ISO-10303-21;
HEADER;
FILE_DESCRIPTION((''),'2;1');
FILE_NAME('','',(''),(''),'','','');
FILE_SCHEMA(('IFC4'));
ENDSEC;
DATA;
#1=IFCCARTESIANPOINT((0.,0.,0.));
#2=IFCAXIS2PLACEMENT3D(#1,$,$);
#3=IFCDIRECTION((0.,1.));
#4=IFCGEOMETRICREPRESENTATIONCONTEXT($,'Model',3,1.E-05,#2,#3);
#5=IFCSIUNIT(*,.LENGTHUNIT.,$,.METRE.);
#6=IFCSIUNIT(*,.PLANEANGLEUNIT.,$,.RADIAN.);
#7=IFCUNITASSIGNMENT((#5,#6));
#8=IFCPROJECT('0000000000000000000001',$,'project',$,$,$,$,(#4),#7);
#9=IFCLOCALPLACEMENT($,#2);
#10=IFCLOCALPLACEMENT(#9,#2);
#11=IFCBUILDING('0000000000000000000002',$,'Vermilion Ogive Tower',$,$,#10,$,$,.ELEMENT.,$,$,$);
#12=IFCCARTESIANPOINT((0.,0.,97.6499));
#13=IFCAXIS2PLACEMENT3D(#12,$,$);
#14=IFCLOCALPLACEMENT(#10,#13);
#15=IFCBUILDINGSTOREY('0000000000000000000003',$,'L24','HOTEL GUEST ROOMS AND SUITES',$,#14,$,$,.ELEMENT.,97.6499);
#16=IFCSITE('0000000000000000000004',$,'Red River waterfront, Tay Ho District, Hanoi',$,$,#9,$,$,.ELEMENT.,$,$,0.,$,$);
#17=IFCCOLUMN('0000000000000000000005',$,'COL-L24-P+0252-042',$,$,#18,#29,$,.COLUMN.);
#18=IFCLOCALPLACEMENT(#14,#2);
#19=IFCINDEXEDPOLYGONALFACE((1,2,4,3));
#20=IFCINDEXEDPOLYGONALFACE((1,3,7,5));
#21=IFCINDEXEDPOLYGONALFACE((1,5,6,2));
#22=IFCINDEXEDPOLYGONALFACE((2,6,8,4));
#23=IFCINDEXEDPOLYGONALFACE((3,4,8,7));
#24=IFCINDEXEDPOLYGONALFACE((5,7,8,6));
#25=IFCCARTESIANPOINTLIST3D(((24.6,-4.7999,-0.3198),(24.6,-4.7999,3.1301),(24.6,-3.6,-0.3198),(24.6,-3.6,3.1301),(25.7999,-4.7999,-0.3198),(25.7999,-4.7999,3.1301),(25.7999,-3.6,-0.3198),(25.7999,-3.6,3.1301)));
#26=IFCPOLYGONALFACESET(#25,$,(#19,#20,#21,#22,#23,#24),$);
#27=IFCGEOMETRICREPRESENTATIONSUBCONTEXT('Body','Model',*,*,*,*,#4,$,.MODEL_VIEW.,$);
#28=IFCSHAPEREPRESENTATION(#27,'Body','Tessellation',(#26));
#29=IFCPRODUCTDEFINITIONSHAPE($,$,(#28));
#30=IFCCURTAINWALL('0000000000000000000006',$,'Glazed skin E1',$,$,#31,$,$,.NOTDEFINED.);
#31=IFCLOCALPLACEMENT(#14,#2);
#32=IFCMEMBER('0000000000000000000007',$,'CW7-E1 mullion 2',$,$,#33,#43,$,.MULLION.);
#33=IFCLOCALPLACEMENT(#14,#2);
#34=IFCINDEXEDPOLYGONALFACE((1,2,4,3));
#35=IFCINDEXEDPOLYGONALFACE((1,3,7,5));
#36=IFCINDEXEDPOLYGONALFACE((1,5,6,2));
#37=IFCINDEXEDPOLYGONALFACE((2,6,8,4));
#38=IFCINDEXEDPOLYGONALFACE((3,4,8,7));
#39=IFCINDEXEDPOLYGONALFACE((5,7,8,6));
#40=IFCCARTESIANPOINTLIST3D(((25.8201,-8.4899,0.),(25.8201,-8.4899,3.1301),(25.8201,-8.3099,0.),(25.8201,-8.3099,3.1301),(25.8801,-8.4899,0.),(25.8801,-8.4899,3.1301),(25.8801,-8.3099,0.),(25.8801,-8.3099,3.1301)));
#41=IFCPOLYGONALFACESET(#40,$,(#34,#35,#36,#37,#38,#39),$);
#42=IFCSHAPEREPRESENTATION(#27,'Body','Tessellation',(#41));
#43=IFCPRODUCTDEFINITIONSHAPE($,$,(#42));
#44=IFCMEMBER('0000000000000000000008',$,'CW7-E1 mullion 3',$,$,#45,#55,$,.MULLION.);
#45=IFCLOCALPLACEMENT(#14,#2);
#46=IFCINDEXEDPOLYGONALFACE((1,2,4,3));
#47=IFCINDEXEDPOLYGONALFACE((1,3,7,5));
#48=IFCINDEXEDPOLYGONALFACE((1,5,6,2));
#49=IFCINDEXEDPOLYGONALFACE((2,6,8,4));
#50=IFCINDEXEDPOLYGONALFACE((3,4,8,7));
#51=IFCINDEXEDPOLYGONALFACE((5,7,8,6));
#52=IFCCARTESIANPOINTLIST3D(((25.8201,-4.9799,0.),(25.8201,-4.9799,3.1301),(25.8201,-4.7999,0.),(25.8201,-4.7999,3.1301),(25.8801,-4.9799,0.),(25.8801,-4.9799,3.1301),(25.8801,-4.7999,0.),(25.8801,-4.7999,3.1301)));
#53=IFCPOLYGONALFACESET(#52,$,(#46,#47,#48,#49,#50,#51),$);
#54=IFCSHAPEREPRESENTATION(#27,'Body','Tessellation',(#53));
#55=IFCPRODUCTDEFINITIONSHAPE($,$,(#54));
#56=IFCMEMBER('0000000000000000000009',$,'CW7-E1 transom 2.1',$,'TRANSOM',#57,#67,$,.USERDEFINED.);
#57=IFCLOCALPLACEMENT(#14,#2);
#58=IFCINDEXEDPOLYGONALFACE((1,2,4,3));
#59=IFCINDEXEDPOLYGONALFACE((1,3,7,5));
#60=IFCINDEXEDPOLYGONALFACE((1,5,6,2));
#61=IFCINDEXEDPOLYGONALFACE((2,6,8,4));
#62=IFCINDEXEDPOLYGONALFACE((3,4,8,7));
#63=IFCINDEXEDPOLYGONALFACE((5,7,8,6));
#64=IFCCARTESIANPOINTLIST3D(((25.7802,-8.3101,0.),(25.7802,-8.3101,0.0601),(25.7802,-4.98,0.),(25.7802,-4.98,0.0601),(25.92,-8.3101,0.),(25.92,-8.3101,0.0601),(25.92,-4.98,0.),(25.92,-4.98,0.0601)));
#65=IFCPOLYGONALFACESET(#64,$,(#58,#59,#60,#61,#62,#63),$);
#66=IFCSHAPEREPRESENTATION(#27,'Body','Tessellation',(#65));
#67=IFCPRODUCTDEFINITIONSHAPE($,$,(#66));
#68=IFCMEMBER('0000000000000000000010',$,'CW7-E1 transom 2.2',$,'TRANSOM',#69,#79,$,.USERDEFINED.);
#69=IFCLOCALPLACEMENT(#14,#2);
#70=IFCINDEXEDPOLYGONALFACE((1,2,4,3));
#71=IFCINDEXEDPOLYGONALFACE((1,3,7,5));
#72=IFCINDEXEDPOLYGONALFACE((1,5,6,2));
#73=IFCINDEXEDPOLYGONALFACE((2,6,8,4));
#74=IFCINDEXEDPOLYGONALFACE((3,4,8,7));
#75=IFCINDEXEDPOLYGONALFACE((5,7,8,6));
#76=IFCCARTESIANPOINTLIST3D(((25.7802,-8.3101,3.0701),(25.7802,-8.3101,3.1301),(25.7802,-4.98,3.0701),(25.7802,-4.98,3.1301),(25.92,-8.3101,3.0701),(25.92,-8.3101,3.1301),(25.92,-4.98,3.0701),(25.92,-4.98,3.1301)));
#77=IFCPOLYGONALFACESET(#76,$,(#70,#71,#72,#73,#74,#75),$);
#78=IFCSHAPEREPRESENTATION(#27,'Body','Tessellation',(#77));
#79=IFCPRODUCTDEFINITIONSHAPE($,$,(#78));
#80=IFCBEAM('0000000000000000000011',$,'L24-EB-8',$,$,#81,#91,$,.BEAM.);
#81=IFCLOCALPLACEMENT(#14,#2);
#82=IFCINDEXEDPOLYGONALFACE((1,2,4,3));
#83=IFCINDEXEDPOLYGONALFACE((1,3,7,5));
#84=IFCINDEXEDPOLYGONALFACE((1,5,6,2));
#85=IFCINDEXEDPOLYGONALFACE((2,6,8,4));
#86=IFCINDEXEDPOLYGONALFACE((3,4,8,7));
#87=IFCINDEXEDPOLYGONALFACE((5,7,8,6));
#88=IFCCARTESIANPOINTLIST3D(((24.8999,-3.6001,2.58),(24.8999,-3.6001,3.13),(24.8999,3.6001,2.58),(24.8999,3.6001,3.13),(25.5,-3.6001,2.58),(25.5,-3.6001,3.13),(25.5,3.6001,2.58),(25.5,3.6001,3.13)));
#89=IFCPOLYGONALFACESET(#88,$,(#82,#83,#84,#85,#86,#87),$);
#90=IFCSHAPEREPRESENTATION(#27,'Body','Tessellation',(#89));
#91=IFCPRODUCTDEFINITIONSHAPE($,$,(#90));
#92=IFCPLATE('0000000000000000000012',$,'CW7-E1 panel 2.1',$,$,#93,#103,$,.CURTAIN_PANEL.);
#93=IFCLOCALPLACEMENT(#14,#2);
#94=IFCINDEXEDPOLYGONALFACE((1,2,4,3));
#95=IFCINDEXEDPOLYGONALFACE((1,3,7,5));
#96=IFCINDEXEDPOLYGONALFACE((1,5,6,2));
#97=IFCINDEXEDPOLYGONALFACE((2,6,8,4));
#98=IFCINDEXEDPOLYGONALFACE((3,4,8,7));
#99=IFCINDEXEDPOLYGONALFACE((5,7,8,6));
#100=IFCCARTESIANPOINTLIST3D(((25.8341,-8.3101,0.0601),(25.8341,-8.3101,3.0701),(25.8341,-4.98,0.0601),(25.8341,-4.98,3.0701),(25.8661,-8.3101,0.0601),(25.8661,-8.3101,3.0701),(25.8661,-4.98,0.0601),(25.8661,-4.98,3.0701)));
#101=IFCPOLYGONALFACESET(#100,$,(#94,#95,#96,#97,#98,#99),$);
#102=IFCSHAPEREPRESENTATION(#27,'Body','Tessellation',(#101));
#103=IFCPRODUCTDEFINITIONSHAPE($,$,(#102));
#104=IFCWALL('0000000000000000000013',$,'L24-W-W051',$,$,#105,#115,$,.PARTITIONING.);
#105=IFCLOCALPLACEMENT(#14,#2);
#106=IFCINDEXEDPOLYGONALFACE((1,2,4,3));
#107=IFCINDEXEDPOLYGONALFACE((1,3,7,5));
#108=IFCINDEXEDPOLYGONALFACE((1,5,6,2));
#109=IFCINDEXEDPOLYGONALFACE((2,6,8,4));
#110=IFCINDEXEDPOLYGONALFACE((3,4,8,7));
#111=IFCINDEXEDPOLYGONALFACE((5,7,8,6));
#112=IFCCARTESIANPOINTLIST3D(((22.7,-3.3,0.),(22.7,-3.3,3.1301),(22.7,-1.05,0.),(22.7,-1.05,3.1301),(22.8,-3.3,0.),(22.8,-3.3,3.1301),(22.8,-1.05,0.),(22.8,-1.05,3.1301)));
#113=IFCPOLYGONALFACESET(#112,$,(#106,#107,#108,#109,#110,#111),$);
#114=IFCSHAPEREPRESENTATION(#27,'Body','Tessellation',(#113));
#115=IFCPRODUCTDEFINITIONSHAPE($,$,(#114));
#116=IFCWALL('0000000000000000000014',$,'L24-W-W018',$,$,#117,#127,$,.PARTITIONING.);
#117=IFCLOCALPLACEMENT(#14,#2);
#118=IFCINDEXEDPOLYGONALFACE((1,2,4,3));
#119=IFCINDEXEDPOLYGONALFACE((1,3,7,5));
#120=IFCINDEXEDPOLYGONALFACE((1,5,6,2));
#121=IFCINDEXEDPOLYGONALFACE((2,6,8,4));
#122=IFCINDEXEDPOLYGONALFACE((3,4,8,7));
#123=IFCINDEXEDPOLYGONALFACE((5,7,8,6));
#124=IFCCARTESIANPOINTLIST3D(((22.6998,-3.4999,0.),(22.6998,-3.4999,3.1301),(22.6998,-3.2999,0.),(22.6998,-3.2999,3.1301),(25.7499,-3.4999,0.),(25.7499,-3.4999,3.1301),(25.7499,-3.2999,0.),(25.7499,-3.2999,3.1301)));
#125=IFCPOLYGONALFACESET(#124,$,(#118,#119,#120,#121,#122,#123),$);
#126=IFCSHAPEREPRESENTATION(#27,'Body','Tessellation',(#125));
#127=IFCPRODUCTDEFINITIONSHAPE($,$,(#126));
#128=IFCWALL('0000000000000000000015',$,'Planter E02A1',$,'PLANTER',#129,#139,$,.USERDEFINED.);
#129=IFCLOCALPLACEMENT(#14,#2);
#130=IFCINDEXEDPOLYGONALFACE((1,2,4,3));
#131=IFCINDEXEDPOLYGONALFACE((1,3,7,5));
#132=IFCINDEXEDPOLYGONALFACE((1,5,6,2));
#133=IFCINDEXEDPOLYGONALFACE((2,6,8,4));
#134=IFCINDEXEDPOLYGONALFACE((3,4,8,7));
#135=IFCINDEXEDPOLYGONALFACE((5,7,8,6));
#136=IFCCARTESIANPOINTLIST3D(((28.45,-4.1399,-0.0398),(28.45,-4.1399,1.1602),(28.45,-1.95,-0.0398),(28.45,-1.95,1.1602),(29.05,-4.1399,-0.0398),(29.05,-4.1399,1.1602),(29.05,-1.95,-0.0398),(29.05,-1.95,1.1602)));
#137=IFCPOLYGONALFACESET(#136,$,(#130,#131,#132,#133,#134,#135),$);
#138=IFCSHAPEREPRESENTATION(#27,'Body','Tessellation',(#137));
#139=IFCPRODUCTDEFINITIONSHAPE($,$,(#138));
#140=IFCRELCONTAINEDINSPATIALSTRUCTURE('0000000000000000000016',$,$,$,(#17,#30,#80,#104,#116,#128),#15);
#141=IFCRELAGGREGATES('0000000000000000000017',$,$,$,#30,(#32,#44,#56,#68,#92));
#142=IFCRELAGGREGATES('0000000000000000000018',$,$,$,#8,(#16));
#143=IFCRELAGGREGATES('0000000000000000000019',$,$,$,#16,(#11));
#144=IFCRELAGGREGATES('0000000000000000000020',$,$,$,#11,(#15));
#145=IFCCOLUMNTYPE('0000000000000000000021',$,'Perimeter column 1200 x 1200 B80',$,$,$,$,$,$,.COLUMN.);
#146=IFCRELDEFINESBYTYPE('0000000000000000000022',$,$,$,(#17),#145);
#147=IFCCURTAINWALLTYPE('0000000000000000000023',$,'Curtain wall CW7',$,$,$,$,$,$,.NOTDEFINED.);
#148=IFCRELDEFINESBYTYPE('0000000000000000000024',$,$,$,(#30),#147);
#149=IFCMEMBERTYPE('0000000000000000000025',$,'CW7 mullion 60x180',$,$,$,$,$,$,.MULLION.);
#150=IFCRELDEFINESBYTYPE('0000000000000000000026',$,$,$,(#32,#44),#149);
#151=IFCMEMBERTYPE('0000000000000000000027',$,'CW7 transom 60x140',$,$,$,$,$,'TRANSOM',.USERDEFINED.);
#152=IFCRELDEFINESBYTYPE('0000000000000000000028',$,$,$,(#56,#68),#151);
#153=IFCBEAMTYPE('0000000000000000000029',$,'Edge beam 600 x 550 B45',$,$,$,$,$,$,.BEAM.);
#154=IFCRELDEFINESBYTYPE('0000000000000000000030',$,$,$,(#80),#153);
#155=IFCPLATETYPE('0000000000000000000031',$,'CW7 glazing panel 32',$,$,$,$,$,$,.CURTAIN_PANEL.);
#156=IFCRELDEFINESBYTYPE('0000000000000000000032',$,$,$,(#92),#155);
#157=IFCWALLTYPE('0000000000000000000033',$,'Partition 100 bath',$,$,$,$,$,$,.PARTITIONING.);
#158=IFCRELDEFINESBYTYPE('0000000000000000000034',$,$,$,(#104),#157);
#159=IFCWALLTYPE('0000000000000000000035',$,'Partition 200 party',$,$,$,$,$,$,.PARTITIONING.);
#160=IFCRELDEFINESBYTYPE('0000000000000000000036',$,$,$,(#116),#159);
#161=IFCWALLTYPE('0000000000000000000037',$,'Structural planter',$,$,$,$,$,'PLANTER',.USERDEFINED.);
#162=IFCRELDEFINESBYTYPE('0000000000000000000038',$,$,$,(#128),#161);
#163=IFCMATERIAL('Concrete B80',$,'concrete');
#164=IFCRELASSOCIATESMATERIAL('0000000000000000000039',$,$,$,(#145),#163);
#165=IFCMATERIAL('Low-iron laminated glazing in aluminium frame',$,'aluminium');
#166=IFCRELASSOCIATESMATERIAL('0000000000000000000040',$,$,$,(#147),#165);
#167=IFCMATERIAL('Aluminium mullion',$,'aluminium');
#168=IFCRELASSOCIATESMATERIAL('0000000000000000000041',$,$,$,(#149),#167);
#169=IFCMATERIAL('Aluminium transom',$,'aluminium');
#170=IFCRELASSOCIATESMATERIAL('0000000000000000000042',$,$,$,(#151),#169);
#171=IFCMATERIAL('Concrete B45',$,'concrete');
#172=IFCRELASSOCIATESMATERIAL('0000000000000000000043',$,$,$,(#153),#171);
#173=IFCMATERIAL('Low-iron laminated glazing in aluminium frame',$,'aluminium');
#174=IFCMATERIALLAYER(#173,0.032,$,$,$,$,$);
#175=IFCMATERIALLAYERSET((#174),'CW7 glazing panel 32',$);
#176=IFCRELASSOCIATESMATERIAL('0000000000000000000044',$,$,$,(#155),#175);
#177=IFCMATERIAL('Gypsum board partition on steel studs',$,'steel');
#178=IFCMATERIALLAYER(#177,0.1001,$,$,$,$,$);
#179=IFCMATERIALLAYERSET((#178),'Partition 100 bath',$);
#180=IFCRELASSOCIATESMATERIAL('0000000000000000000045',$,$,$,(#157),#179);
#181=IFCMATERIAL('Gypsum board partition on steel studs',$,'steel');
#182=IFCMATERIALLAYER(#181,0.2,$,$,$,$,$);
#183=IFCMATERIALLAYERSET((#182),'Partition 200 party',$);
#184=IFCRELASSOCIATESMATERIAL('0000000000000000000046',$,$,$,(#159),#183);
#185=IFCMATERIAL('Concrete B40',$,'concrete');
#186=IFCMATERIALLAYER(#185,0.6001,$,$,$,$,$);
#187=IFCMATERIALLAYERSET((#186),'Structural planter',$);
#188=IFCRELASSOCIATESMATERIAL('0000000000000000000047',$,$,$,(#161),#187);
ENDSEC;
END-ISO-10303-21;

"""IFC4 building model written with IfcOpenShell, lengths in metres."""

from ifc_helpers import new_model, si_unit, direction, frame, frame_2d, origin, origin_2d, place, context, subcontext, project, spatial, rectangle, extrude, material, layer, layer_set, material_profile, profile_set, type_object, element, aggregate, save


model = new_model("IFC4")

# Units and contexts
model_context = context("Model", 3, precision=1e-05, world=origin(), true_north=direction((0.0, 1.0)))
body_context = subcontext(model_context, "Body", "Model", "MODEL_VIEW")
ifc_project = project(units=[si_unit("LENGTHUNIT", "METRE"), si_unit("PLANEANGLEUNIT", "RADIAN")], contexts=[model_context])

# Site, building, storey
site_placement = place(None, origin())
site = spatial("IfcSite", under=ifc_project, at=site_placement, Name="Red River waterfront, Tay Ho District, Hanoi", CompositionType="ELEMENT", RefElevation=0.0)
building_placement = place(site_placement, origin())
building = spatial("IfcBuilding", under=site, at=building_placement, Name="Vermilion Ogive Tower", CompositionType="ELEMENT")
storey_placement = place(building_placement, frame((0.0, 0.0, 97.6499)))
storey = spatial("IfcBuildingStorey", under=building, at=storey_placement, Name="L24", Description="HOTEL GUEST ROOMS AND SUITES", CompositionType="ELEMENT", Elevation=97.6499)

# Column
ifc_material_1 = material(Name="Concrete B80", Category="concrete")
ifc_material_profile_1 = material_profile(ifc_material_1, rectangle(XDim=1.2, YDim=1.2, at=origin_2d()), Name="1200 x 1200")
ifc_profile_set_1 = profile_set([ifc_material_profile_1], Name="Concrete B80")
column_type = type_object("IfcColumnType", Name="Perimeter column 1200 x 1200 B80", PredefinedType="COLUMN", material=ifc_profile_set_1)
column_placement = place(storey_placement, frame((25.2, -4.2, -0.3198), z_axis=(0.0, 0.0, 1.0), x_axis=(1.0, 0.0, 0.0)))
element("IfcColumn", 1, at=column_placement, inside=storey, type_object=column_type, Name="COL-L24-P+0252-042", PredefinedType="COLUMN", context=body_context, shape_type="SweptSolid", body=[
    extrude(rectangle(XDim=1.2, YDim=1.2, at=origin_2d()), origin(), (0.0, 0.0, 1.0), 3.45),
])

# Curtain wall, members
ifc_material_2 = material(Name="Low-iron laminated glazing in aluminium frame", Category="aluminium")
curtain_wall_type = type_object("IfcCurtainWallType", Name="Curtain wall CW7", PredefinedType="NOTDEFINED", material=ifc_material_2)
curtain_wall_placement = place(storey_placement, origin())
curtain_wall = element("IfcCurtainWall", 2, at=curtain_wall_placement, inside=storey, type_object=curtain_wall_type, Name="Glazed skin E1", PredefinedType="NOTDEFINED")
ifc_material_3 = material(Name="Aluminium mullion", Category="aluminium")
ifc_material_profile_2 = material_profile(ifc_material_3, rectangle(XDim=0.0601, YDim=0.1799, at=origin_2d()), Name="AL 60x180")
ifc_profile_set_2 = profile_set([ifc_material_profile_2], Name="Aluminium mullion")
member_type_1 = type_object("IfcMemberType", Name="CW7 mullion 60x180", PredefinedType="MULLION", material=ifc_profile_set_2)
member_1_placement = place(storey_placement, frame((25.8501, -8.3999, 0.0), z_axis=(0.0, 0.0, 1.0), x_axis=(-1.0, 0.0, 0.0)))
member_1 = element("IfcMember", 3, at=member_1_placement, type_object=member_type_1, Name="CW7-E1 mullion 2", PredefinedType="MULLION", context=body_context, shape_type="SweptSolid", body=[
    extrude(rectangle(XDim=0.0601, YDim=0.1799, at=origin_2d()), origin(), (0.0, 0.0, 1.0), 3.1301),
])
member_2_placement = place(storey_placement, frame((25.8501, -4.8899, 0.0), z_axis=(0.0, 0.0, 1.0), x_axis=(-1.0, 0.0, 0.0)))
member_2 = element("IfcMember", 4, at=member_2_placement, type_object=member_type_1, Name="CW7-E1 mullion 3", PredefinedType="MULLION", context=body_context, shape_type="SweptSolid", body=[
    extrude(rectangle(XDim=0.0601, YDim=0.1799, at=origin_2d()), origin(), (0.0, 0.0, 1.0), 3.1301),
])
ifc_material_4 = material(Name="Aluminium transom", Category="aluminium")
ifc_material_profile_3 = material_profile(ifc_material_4, rectangle(XDim=0.1399, YDim=0.0601, at=origin_2d()), Name="AL 60x140")
ifc_profile_set_3 = profile_set([ifc_material_profile_3], Name="Aluminium transom")
member_type_2 = type_object("IfcMemberType", Name="CW7 transom 60x140", ElementType="TRANSOM", PredefinedType="USERDEFINED", material=ifc_profile_set_3)
member_3_placement = place(storey_placement, frame((25.8501, -8.3101, 0.03), z_axis=(0.0, 1.0, 0.0), x_axis=(-1.0, 0.0, 0.0)))
member_3 = element("IfcMember", 5, at=member_3_placement, type_object=member_type_2, Name="CW7-E1 transom 2.1", ObjectType="TRANSOM", PredefinedType="USERDEFINED", context=body_context, shape_type="SweptSolid", body=[
    extrude(rectangle(XDim=0.1399, YDim=0.0601, at=origin_2d()), origin(), (0.0, 0.0, 1.0), 3.3301),
])
member_4_placement = place(storey_placement, frame((25.8501, -8.3101, 3.1001), z_axis=(0.0, 1.0, 0.0), x_axis=(-1.0, 0.0, 0.0)))
member_4 = element("IfcMember", 6, at=member_4_placement, type_object=member_type_2, Name="CW7-E1 transom 2.2", ObjectType="TRANSOM", PredefinedType="USERDEFINED", context=body_context, shape_type="SweptSolid", body=[
    extrude(rectangle(XDim=0.1399, YDim=0.0601, at=origin_2d()), origin(), (0.0, 0.0, 1.0), 3.3301),
])

# Beam
ifc_material_5 = material(Name="Concrete B45", Category="concrete")
ifc_material_profile_4 = material_profile(ifc_material_5, rectangle(XDim=0.6001, YDim=0.55, at=origin_2d()), Name="600 x 550")
ifc_profile_set_4 = profile_set([ifc_material_profile_4], Name="Concrete B45")
beam_type = type_object("IfcBeamType", Name="Edge beam 600 x 550 B45", PredefinedType="BEAM", material=ifc_profile_set_4)
beam_placement = place(storey_placement, frame((25.2, -3.6001, 2.855), z_axis=(0.0, 1.0, 0.0), x_axis=(-1.0, 0.0, 0.0)))
element("IfcBeam", 7, at=beam_placement, inside=storey, type_object=beam_type, Name="L24-EB-8", PredefinedType="BEAM", context=body_context, shape_type="SweptSolid", body=[
    extrude(rectangle(XDim=0.6001, YDim=0.55, at=origin_2d()), origin(), (0.0, 0.0, 1.0), 7.2002),
])

# Plate
ifc_material_6 = material(Name="Low-iron laminated glazing in aluminium frame", Category="aluminium")
ifc_layer_1 = layer(ifc_material_6, 0.032)
ifc_layer_set_1 = layer_set([ifc_layer_1], Name="CW7 glazing panel 32")
plate_type = type_object("IfcPlateType", Name="CW7 glazing panel 32", PredefinedType="CURTAIN_PANEL", material=ifc_layer_set_1)
plate_placement = place(storey_placement, frame((25.8501, -6.645, 0.0601), z_axis=(0.0, 0.0, 1.0), x_axis=(0.0, 1.0, 0.0)))
plate = element("IfcPlate", 8, at=plate_placement, type_object=plate_type, Name="CW7-E1 panel 2.1", PredefinedType="CURTAIN_PANEL", context=body_context, shape_type="SweptSolid", body=[
    extrude(rectangle(XDim=3.3301, YDim=0.032, at=origin_2d()), origin(), (0.0, 0.0, 1.0), 3.01),
])
aggregate(curtain_wall, [member_1, member_2, member_3, member_4, plate])

# Walls
ifc_material_7 = material(Name="Gypsum board partition on steel studs", Category="steel")
ifc_layer_2 = layer(ifc_material_7, 0.1001)
ifc_layer_set_2 = layer_set([ifc_layer_2], Name="Partition 100 bath")
wall_type_1 = type_object("IfcWallType", Name="Partition 100 bath", PredefinedType="PARTITIONING", material=ifc_layer_set_2)
wall_1_placement = place(storey_placement, frame((22.75, -3.3, 0.0), z_axis=(0.0, 0.0, 1.0), x_axis=(0.0, 1.0, 0.0)))
element("IfcWall", 9, at=wall_1_placement, inside=storey, type_object=wall_type_1, Name="L24-W-W051", PredefinedType="PARTITIONING", context=body_context, shape_type="SweptSolid", body=[
    extrude(rectangle(XDim=2.25, YDim=0.1001, at=frame_2d((1.125, 0.0))), origin(), (0.0, 0.0, 1.0), 3.1301),
])
ifc_material_8 = material(Name="Gypsum board partition on steel studs", Category="steel")
ifc_layer_3 = layer(ifc_material_8, 0.2)
ifc_layer_set_3 = layer_set([ifc_layer_3], Name="Partition 200 party")
wall_type_2 = type_object("IfcWallType", Name="Partition 200 party", PredefinedType="PARTITIONING", material=ifc_layer_set_3)
wall_2_placement = place(storey_placement, frame((22.7, -3.3999, 0.0), z_axis=(0.0, 0.0, 1.0), x_axis=(1.0, 0.0, 0.0)))
element("IfcWall", 10, at=wall_2_placement, inside=storey, type_object=wall_type_2, Name="L24-W-W018", PredefinedType="PARTITIONING", context=body_context, shape_type="SweptSolid", body=[
    extrude(rectangle(XDim=3.05, YDim=0.2, at=frame_2d((1.5249, 0.0))), origin(), (0.0, 0.0, 1.0), 3.1301),
])
ifc_material_9 = material(Name="Concrete B40", Category="concrete")
ifc_layer_4 = layer(ifc_material_9, 0.6001)
ifc_layer_set_4 = layer_set([ifc_layer_4], Name="Structural planter")
wall_type_3 = type_object("IfcWallType", Name="Structural planter", ElementType="PLANTER", PredefinedType="USERDEFINED", material=ifc_layer_set_4)
wall_3_placement = place(storey_placement, frame((28.75, -4.1399, -0.0398), z_axis=(0.0, 0.0, 1.0), x_axis=(0.0, 1.0, 0.0)))
element("IfcWall", 11, at=wall_3_placement, inside=storey, type_object=wall_type_3, Name="Planter E02A1", ObjectType="PLANTER", PredefinedType="USERDEFINED", context=body_context, shape_type="SweptSolid", body=[
    extrude(rectangle(XDim=2.1899, YDim=0.6001, at=frame_2d((1.095, 0.0))), origin(), (0.0, 0.0, 1.0), 1.2),
])

save(model, "model.ifc")
